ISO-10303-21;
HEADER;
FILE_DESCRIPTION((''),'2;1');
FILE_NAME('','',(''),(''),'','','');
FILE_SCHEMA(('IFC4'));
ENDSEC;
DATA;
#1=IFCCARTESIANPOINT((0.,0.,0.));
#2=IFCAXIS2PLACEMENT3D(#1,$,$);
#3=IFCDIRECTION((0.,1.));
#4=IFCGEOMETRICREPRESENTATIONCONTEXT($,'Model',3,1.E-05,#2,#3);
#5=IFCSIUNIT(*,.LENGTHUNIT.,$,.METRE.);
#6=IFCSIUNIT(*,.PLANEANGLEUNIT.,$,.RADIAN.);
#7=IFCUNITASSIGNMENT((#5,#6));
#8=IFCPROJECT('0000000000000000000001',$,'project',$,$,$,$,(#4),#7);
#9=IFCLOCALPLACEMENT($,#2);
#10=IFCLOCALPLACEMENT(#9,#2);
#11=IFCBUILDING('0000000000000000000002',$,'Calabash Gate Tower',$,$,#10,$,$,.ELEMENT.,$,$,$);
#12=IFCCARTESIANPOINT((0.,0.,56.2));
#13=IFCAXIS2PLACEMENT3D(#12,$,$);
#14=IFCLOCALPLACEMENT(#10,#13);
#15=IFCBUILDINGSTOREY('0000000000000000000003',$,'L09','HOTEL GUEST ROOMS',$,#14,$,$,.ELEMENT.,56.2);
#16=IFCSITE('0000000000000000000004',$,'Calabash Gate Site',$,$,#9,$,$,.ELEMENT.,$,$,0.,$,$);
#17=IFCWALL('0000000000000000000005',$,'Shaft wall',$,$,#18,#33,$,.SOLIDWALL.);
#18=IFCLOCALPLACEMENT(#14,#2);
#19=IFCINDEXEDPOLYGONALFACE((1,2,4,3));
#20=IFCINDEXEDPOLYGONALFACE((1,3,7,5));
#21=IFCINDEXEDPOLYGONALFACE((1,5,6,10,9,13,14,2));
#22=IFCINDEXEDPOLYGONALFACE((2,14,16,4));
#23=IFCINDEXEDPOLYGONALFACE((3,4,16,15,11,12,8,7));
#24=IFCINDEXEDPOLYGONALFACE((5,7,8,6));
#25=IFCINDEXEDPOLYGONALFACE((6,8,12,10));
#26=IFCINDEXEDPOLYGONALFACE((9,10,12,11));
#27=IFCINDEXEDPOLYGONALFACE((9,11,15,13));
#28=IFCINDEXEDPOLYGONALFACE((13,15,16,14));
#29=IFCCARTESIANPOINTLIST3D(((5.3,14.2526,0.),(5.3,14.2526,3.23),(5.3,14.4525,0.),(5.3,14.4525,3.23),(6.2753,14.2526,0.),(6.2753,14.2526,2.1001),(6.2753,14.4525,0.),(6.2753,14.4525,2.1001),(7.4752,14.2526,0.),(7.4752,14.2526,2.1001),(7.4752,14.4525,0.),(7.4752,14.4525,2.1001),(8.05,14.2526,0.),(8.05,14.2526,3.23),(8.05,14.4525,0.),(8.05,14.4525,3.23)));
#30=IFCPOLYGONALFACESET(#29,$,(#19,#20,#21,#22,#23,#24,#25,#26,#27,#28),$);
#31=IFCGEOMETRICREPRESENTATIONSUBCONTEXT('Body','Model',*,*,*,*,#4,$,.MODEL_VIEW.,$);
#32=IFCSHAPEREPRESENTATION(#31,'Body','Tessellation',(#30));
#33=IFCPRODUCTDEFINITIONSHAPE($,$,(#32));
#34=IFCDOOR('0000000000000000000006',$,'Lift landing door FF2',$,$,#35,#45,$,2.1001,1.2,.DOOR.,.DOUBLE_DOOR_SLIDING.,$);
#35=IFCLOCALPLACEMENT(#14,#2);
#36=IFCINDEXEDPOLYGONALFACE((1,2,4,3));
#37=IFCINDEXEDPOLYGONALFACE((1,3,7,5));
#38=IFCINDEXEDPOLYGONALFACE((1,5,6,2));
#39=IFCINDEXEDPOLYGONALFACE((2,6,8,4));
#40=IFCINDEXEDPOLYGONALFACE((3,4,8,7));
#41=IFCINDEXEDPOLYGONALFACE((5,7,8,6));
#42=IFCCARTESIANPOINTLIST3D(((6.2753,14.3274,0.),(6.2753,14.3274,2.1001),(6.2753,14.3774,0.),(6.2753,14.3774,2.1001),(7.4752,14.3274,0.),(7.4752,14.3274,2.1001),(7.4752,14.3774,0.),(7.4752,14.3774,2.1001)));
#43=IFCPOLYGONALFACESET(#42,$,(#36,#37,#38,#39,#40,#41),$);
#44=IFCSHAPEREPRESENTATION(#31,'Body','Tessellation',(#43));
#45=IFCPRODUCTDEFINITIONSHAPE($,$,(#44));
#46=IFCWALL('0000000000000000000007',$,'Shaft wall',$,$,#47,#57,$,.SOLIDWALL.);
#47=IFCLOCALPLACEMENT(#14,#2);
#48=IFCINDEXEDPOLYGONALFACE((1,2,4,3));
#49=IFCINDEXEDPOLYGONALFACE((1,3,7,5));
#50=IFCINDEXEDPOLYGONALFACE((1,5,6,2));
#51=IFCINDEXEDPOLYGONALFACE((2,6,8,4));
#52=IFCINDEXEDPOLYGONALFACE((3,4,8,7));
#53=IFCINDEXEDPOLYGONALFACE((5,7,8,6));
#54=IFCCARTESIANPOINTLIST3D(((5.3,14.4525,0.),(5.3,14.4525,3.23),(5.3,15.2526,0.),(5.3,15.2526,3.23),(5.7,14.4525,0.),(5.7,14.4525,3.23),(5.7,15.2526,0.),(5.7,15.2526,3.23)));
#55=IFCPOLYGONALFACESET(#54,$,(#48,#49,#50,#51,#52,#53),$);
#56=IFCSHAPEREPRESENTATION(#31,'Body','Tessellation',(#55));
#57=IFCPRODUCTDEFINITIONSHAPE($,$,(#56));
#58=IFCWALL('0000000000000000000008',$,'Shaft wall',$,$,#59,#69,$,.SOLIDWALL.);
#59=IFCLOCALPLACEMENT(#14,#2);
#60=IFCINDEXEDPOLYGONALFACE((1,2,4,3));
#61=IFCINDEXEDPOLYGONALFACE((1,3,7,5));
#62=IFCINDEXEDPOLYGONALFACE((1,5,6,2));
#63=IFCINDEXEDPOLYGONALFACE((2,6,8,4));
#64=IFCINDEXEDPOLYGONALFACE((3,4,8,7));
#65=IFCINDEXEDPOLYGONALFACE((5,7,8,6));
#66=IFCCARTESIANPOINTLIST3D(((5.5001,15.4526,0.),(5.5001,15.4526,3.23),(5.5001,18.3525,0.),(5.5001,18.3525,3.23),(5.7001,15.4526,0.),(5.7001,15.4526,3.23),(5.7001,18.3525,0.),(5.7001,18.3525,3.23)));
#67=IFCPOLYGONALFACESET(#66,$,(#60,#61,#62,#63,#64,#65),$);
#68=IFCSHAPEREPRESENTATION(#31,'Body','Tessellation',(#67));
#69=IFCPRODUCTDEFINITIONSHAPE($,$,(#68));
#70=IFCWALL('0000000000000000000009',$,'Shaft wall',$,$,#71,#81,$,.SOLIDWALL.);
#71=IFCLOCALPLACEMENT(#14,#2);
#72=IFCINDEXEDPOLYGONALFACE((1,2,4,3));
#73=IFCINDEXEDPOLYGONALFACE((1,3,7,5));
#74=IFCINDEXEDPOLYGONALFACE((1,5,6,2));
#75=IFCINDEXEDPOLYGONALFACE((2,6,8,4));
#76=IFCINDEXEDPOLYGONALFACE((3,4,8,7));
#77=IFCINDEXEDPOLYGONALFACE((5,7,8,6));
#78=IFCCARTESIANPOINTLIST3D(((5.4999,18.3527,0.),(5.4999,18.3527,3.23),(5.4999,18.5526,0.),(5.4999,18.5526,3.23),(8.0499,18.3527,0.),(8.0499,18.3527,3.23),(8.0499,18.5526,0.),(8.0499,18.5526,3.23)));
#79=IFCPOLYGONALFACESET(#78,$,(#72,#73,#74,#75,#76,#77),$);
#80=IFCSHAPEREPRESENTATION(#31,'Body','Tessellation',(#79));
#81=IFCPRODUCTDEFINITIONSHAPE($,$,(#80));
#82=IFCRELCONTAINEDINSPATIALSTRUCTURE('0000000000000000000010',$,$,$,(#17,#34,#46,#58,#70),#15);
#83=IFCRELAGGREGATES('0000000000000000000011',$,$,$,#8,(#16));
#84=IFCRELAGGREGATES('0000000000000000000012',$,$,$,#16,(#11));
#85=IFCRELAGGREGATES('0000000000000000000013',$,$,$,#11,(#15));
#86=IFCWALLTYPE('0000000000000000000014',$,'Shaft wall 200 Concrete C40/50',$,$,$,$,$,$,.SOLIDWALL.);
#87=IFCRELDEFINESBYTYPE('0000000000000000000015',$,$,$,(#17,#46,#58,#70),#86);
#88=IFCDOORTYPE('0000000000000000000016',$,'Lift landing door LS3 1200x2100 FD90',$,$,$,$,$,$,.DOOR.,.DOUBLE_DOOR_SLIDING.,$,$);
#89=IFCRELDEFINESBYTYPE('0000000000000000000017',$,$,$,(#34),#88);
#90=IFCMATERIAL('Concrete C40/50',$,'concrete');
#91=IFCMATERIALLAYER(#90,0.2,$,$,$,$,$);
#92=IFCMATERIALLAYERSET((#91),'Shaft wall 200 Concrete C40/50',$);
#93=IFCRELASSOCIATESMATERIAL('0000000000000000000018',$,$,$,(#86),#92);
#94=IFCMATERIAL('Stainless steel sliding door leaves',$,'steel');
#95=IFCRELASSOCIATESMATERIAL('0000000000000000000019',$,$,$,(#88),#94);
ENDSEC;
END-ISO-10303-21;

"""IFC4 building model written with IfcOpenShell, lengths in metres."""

from ifc_helpers import new_model, si_unit, direction, frame, frame_2d, origin, place, context, subcontext, project, spatial, rectangle, extrude, material, layer, layer_set, type_object, element, fill, save


model = new_model("IFC4")

# Units and contexts
model_context = context("Model", 3, precision=1e-05, world=origin(), true_north=direction((0.0, 1.0)))
body_context = subcontext(model_context, "Body", "Model", "MODEL_VIEW")
ifc_project = project(units=[si_unit("LENGTHUNIT", "METRE"), si_unit("PLANEANGLEUNIT", "RADIAN")], contexts=[model_context])

# Site, building, storey
site_placement = place(None, origin())
site = spatial("IfcSite", under=ifc_project, at=site_placement, Name="Calabash Gate Site", CompositionType="ELEMENT", RefElevation=0.0)
building_placement = place(site_placement, origin())
building = spatial("IfcBuilding", under=site, at=building_placement, Name="Calabash Gate Tower", CompositionType="ELEMENT")
storey_placement = place(building_placement, frame((0.0, 0.0, 56.2)))
storey = spatial("IfcBuildingStorey", under=building, at=storey_placement, Name="L09", Description="HOTEL GUEST ROOMS", CompositionType="ELEMENT", Elevation=56.2)

# Shared definitions
ifc_material_1 = material(Name="Concrete C40/50", Category="concrete")
ifc_layer_1 = layer(ifc_material_1, 0.2)
ifc_layer_set_1 = layer_set([ifc_layer_1], Name="Shaft wall 200 Concrete C40/50")
wall_type_1 = type_object("IfcWallType", Name="Shaft wall 200 Concrete C40/50", PredefinedType="SOLIDWALL", material=ifc_layer_set_1)

# Wall, opening, door
wall_1_placement = place(storey_placement, frame((5.3, 14.3525, 0.0), z_axis=(0.0, 0.0, 1.0), x_axis=(1.0, 0.0, 0.0)))
wall_1 = element("IfcWall", 1, at=wall_1_placement, inside=storey, type_object=wall_type_1, Name="Shaft wall", PredefinedType="SOLIDWALL", context=body_context, shape_type="SweptSolid", body=[
    extrude(rectangle(XDim=2.75, YDim=0.2, at=frame_2d((1.375, 0.0))), origin(), (0.0, 0.0, 1.0), 3.23),
])
opening_1_placement = place(wall_1_placement, frame((0.9751, 0.0, 0.0)))
opening_1 = element("IfcOpeningElement", 2, at=opening_1_placement, cuts=wall_1, PredefinedType="OPENING", context=body_context, shape_type="SweptSolid", body=[
    extrude(rectangle(XDim=1.2, YDim=2.1001, at=frame_2d((0.6001, 1.05))), frame((0.0, 0.1099, 0.0), z_axis=(0.0, -1.0, 0.0), x_axis=(1.0, 0.0, 0.0)), (0.0, 0.0, 1.0), 0.22),
])
ifc_material_2 = material(Name="Stainless steel sliding door leaves", Category="steel")
door_type_1 = type_object("IfcDoorType", Name="Lift landing door LS3 1200x2100 FD90", OperationType="DOUBLE_DOOR_SLIDING", PredefinedType="DOOR", material=ifc_material_2)
door_1_placement = place(opening_1_placement, origin())
door_1 = element("IfcDoor", 3, at=door_1_placement, inside=storey, type_object=door_type_1, Name="Lift landing door FF2", OperationType="DOUBLE_DOOR_SLIDING", OverallHeight=2.1001, OverallWidth=1.2, PredefinedType="DOOR", context=body_context, shape_type="SweptSolid", body=[
    extrude(rectangle(XDim=1.2, YDim=2.1001, at=frame_2d((0.6001, 1.05))), frame((0.0, 0.0249, 0.0), z_axis=(0.0, -1.0, 0.0), x_axis=(1.0, 0.0, 0.0)), (0.0, 0.0, 1.0), 0.05),
])
fill(opening_1, door_1)

# Walls
wall_2_placement = place(storey_placement, frame((5.5, 14.4526, 0.0), z_axis=(0.0, 0.0, 1.0), x_axis=(0.0, 1.0, 0.0)))
element("IfcWall", 4, at=wall_2_placement, inside=storey, type_object=wall_type_1, Name="Shaft wall", PredefinedType="SOLIDWALL", context=body_context, shape_type="SweptSolid", body=[
    extrude(rectangle(XDim=0.8, YDim=0.3999, at=frame_2d((0.3999, 0.0))), origin(), (0.0, 0.0, 1.0), 3.23),
])
wall_3_placement = place(storey_placement, frame((5.6001, 15.4526, 0.0), z_axis=(0.0, 0.0, 1.0), x_axis=(0.0, 1.0, 0.0)))
element("IfcWall", 5, at=wall_3_placement, inside=storey, type_object=wall_type_1, Name="Shaft wall", PredefinedType="SOLIDWALL", context=body_context, shape_type="SweptSolid", body=[
    extrude(rectangle(XDim=2.8999, YDim=0.2, at=frame_2d((1.45, 0.0))), origin(), (0.0, 0.0, 1.0), 3.23),
])
wall_4_placement = place(storey_placement, frame((5.5, 18.4526, 0.0), z_axis=(0.0, 0.0, 1.0), x_axis=(1.0, 0.0, 0.0)))
element("IfcWall", 6, at=wall_4_placement, inside=storey, type_object=wall_type_1, Name="Shaft wall", PredefinedType="SOLIDWALL", context=body_context, shape_type="SweptSolid", body=[
    extrude(rectangle(XDim=2.55, YDim=0.2, at=frame_2d((1.2749, 0.0))), origin(), (0.0, 0.0, 1.0), 3.23),
])

save(model, "model.ifc")
